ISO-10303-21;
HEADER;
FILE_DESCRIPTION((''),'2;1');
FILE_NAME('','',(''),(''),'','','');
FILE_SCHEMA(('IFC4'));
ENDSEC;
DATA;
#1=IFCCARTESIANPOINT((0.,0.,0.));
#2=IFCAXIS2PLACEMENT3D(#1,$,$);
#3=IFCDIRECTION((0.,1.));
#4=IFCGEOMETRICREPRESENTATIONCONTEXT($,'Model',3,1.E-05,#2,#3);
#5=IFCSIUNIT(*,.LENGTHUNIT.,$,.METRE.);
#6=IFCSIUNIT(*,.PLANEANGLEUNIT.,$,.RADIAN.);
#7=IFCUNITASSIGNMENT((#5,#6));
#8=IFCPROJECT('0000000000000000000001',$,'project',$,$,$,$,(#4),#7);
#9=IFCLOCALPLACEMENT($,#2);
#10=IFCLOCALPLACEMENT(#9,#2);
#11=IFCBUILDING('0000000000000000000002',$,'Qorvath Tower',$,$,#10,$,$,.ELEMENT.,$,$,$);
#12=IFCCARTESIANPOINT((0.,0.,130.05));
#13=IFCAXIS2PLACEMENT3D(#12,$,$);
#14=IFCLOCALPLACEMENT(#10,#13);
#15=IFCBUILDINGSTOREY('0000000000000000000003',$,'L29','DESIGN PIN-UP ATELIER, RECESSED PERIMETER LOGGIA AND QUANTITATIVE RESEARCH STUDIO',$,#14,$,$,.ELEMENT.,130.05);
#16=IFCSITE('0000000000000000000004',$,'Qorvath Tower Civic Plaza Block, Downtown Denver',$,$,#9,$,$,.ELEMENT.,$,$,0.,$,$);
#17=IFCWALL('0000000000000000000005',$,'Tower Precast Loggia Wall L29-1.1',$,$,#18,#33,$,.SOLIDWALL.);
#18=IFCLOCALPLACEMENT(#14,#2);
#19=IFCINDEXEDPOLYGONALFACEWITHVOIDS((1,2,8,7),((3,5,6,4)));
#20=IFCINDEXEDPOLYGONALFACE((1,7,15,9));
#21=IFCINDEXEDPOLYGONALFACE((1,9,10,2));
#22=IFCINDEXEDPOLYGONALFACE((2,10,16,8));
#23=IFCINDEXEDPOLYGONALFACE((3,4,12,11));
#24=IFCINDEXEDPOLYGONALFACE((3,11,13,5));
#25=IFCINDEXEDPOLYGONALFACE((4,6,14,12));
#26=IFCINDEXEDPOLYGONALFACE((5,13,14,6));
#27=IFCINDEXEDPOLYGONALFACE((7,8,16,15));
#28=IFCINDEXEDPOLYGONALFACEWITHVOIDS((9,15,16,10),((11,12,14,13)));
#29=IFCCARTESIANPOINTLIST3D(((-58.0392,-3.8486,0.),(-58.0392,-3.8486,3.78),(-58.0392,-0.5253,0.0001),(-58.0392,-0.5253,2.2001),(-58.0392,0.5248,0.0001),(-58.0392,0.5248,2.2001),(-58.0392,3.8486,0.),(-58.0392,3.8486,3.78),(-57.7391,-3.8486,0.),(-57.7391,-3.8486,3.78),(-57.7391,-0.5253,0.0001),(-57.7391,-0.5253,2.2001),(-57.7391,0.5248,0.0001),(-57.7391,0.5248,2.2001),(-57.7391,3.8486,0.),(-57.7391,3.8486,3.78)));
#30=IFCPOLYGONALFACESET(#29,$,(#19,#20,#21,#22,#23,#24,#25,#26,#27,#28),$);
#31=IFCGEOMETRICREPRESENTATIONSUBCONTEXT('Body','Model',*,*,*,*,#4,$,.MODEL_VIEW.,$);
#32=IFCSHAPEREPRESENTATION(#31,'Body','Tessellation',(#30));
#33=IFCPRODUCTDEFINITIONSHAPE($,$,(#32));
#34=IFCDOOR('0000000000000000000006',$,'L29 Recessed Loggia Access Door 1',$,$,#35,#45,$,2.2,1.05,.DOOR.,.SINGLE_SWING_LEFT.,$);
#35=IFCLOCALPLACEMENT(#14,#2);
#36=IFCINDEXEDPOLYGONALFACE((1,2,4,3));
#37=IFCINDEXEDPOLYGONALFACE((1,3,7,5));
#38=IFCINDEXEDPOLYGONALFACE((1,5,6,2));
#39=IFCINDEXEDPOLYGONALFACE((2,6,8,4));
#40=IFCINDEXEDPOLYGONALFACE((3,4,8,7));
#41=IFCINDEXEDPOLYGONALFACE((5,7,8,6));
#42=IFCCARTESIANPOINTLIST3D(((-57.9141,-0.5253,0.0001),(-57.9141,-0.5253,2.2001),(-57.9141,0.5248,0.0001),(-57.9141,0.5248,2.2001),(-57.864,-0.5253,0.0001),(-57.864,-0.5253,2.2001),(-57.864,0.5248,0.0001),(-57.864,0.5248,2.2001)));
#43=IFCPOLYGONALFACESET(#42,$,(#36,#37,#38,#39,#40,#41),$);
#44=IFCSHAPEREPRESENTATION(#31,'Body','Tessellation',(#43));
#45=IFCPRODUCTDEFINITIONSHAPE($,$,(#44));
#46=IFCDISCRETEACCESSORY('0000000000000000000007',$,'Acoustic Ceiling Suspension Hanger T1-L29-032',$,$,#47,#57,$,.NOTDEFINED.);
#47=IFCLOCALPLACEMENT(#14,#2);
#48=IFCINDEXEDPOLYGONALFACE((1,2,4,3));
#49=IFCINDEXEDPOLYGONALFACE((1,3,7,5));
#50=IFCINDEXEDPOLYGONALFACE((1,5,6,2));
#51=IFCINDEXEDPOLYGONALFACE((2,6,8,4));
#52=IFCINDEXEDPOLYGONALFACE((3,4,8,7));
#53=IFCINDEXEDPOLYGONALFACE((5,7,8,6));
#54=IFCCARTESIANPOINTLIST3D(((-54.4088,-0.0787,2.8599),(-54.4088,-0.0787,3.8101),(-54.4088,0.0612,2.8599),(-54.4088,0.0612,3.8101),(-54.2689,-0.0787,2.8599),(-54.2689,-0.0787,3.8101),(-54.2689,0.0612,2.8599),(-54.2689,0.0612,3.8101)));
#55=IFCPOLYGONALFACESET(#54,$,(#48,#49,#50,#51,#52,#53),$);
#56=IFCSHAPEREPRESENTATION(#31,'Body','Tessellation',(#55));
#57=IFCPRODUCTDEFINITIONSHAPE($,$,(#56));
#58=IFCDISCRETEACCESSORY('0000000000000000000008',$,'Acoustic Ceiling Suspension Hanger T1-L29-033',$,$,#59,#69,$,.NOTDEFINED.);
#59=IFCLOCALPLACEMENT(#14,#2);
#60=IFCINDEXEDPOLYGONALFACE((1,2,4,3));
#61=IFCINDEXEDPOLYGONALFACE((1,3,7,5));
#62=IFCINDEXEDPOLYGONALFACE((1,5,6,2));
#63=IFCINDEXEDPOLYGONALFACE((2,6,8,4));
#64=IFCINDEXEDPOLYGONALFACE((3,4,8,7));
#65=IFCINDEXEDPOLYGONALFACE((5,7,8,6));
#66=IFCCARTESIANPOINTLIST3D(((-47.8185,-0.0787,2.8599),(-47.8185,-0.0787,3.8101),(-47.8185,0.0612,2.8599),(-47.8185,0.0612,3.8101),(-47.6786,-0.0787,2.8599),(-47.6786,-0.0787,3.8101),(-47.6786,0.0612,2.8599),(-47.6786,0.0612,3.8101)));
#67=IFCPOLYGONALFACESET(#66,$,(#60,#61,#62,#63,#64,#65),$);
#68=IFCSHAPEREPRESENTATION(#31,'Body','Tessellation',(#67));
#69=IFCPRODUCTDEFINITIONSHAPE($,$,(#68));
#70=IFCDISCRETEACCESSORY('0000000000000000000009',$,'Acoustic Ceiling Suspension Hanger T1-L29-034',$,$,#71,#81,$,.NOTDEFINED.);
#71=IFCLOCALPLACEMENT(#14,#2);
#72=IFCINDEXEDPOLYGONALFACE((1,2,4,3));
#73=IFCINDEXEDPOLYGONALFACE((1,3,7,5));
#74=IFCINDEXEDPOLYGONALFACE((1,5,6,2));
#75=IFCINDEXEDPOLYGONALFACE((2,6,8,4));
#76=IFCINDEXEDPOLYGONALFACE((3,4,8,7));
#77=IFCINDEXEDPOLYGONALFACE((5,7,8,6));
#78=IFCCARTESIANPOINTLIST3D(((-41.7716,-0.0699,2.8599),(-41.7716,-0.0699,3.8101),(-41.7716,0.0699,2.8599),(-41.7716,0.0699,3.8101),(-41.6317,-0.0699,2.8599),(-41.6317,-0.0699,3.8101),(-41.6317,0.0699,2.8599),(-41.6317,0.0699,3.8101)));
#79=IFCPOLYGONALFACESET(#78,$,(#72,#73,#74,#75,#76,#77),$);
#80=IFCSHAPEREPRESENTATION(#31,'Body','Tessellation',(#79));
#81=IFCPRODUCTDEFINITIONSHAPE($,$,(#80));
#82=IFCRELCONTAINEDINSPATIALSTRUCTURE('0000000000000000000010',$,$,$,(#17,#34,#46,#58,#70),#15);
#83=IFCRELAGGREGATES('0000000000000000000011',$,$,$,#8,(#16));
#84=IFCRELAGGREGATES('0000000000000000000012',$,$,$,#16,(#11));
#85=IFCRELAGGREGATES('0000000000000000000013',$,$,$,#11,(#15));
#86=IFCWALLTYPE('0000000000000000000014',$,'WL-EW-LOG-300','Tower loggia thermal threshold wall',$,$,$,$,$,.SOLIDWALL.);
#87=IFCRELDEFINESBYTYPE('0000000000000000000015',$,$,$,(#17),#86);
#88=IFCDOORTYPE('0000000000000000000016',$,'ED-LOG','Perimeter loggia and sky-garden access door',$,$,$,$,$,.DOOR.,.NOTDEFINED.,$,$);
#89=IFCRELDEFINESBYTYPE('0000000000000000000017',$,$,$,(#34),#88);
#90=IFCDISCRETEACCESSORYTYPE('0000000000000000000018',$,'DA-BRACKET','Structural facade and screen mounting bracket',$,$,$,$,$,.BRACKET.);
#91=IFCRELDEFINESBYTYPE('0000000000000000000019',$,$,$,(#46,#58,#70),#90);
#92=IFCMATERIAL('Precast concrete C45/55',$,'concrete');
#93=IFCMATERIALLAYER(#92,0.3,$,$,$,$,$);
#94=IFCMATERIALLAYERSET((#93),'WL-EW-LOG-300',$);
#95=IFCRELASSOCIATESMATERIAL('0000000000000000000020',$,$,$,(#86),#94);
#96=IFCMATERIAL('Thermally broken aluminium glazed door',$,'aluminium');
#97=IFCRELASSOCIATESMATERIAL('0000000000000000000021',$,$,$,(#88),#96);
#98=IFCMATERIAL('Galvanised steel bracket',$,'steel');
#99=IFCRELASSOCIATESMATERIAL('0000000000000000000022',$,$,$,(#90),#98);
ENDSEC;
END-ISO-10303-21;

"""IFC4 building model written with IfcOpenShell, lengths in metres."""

from ifc_helpers import new_model, si_unit, direction, frame, frame_2d, origin, origin_2d, place, context, subcontext, project, spatial, rectangle, extrude, material, layer, layer_set, type_object, element, fill, save


model = new_model("IFC4")

# Units and contexts
model_context = context("Model", 3, precision=1e-05, world=origin(), true_north=direction((0.0, 1.0)))
body_context = subcontext(model_context, "Body", "Model", "MODEL_VIEW")
ifc_project = project(units=[si_unit("LENGTHUNIT", "METRE"), si_unit("PLANEANGLEUNIT", "RADIAN")], contexts=[model_context])

# Site, building, storey
site_placement = place(None, origin())
site = spatial("IfcSite", under=ifc_project, at=site_placement, Name="Qorvath Tower Civic Plaza Block, Downtown Denver", CompositionType="ELEMENT", RefElevation=0.0)
building_placement = place(site_placement, origin())
building = spatial("IfcBuilding", under=site, at=building_placement, Name="Qorvath Tower", CompositionType="ELEMENT")
storey_placement = place(building_placement, frame((0.0, 0.0, 130.05)))
storey = spatial("IfcBuildingStorey", under=building, at=storey_placement, Name="L29", Description="DESIGN PIN-UP ATELIER, RECESSED PERIMETER LOGGIA AND QUANTITATIVE RESEARCH STUDIO", CompositionType="ELEMENT", Elevation=130.05)

# Wall, opening, door
ifc_material_1 = material(Name="Precast concrete C45/55", Category="concrete")
ifc_layer_1 = layer(ifc_material_1, 0.3)
ifc_layer_set_1 = layer_set([ifc_layer_1], Name="WL-EW-LOG-300")
wall_type_1 = type_object("IfcWallType", Name="WL-EW-LOG-300", Description="Tower loggia thermal threshold wall", PredefinedType="SOLIDWALL", material=ifc_layer_set_1)
wall_1_placement = place(storey_placement, frame((-57.8892, -3.8486, 0.0), z_axis=(0.0, 0.0, 1.0), x_axis=(0.0, 1.0, 0.0)))
wall_1 = element("IfcWall", 1, at=wall_1_placement, inside=storey, type_object=wall_type_1, Name="Tower Precast Loggia Wall L29-1.1", PredefinedType="SOLIDWALL", context=body_context, shape_type="SweptSolid", body=[
    extrude(rectangle(XDim=7.6973, YDim=0.3, at=frame_2d((3.8486, 0.0))), origin(), (0.0, 0.0, 1.0), 3.78),
])
opening_1_placement = place(wall_1_placement, frame((3.3235, 0.0, 0.0)))
opening_1 = element("IfcOpeningElement", 2, at=opening_1_placement, cuts=wall_1, PredefinedType="OPENING", context=body_context, shape_type="SweptSolid", body=[
    extrude(rectangle(XDim=1.05, YDim=2.2, at=frame_2d((0.5249, 1.1001))), frame((0.0, 0.1602, 0.0), z_axis=(0.0, -1.0, 0.0), x_axis=(1.0, 0.0, 0.0)), (0.0, 0.0, 1.0), 0.3201),
])
ifc_material_2 = material(Name="Thermally broken aluminium glazed door", Category="aluminium")
door_type_1 = type_object("IfcDoorType", Name="ED-LOG", Description="Perimeter loggia and sky-garden access door", OperationType="NOTDEFINED", PredefinedType="DOOR", material=ifc_material_2)
door_1_placement = place(opening_1_placement, origin())
door_1 = element("IfcDoor", 3, at=door_1_placement, inside=storey, type_object=door_type_1, Name="L29 Recessed Loggia Access Door 1", OperationType="SINGLE_SWING_LEFT", OverallHeight=2.2, OverallWidth=1.05, PredefinedType="DOOR", context=body_context, shape_type="SweptSolid", body=[
    extrude(rectangle(XDim=1.05, YDim=2.2, at=frame_2d((0.5249, 1.1001))), frame((0.0, 0.0249, 0.0), z_axis=(0.0, -1.0, 0.0), x_axis=(1.0, 0.0, 0.0)), (0.0, 0.0, 1.0), 0.05),
])
fill(opening_1, door_1)

# Discrete accessories
ifc_material_3 = material(Name="Galvanised steel bracket", Category="steel")
discrete_accessory_type = type_object("IfcDiscreteAccessoryType", Name="DA-BRACKET", Description="Structural facade and screen mounting bracket", PredefinedType="BRACKET", material=ifc_material_3)
for number, where, z_axis, x_axis, name in (
    (4, (-54.3389, -0.0088, 2.8599), (0.0, 0.0, 1.0), (1.0, 0.0, 0.0), "Acoustic Ceiling Suspension Hanger T1-L29-032"),
    (5, (-47.7485, -0.0088, 2.8599), (0.0, 0.0, 1.0), (1.0, 0.0, 0.0), "Acoustic Ceiling Suspension Hanger T1-L29-033"),
    (6, (-41.7017, 0.0, 2.8599), (0.0, 0.0, 1.0), (1.0, 0.0, 0.0), "Acoustic Ceiling Suspension Hanger T1-L29-034"),
):
    element("IfcDiscreteAccessory", number, at=place(storey_placement, frame(where, z_axis=z_axis, x_axis=x_axis)), inside=storey, type_object=discrete_accessory_type, Name=name, PredefinedType="NOTDEFINED", context=body_context, shape_type="SweptSolid", body=[
        extrude(rectangle(XDim=0.1399, YDim=0.1399, at=origin_2d()), origin(), (0.0, 0.0, 1.0), 0.9502),
    ])

save(model, "model.ifc")
